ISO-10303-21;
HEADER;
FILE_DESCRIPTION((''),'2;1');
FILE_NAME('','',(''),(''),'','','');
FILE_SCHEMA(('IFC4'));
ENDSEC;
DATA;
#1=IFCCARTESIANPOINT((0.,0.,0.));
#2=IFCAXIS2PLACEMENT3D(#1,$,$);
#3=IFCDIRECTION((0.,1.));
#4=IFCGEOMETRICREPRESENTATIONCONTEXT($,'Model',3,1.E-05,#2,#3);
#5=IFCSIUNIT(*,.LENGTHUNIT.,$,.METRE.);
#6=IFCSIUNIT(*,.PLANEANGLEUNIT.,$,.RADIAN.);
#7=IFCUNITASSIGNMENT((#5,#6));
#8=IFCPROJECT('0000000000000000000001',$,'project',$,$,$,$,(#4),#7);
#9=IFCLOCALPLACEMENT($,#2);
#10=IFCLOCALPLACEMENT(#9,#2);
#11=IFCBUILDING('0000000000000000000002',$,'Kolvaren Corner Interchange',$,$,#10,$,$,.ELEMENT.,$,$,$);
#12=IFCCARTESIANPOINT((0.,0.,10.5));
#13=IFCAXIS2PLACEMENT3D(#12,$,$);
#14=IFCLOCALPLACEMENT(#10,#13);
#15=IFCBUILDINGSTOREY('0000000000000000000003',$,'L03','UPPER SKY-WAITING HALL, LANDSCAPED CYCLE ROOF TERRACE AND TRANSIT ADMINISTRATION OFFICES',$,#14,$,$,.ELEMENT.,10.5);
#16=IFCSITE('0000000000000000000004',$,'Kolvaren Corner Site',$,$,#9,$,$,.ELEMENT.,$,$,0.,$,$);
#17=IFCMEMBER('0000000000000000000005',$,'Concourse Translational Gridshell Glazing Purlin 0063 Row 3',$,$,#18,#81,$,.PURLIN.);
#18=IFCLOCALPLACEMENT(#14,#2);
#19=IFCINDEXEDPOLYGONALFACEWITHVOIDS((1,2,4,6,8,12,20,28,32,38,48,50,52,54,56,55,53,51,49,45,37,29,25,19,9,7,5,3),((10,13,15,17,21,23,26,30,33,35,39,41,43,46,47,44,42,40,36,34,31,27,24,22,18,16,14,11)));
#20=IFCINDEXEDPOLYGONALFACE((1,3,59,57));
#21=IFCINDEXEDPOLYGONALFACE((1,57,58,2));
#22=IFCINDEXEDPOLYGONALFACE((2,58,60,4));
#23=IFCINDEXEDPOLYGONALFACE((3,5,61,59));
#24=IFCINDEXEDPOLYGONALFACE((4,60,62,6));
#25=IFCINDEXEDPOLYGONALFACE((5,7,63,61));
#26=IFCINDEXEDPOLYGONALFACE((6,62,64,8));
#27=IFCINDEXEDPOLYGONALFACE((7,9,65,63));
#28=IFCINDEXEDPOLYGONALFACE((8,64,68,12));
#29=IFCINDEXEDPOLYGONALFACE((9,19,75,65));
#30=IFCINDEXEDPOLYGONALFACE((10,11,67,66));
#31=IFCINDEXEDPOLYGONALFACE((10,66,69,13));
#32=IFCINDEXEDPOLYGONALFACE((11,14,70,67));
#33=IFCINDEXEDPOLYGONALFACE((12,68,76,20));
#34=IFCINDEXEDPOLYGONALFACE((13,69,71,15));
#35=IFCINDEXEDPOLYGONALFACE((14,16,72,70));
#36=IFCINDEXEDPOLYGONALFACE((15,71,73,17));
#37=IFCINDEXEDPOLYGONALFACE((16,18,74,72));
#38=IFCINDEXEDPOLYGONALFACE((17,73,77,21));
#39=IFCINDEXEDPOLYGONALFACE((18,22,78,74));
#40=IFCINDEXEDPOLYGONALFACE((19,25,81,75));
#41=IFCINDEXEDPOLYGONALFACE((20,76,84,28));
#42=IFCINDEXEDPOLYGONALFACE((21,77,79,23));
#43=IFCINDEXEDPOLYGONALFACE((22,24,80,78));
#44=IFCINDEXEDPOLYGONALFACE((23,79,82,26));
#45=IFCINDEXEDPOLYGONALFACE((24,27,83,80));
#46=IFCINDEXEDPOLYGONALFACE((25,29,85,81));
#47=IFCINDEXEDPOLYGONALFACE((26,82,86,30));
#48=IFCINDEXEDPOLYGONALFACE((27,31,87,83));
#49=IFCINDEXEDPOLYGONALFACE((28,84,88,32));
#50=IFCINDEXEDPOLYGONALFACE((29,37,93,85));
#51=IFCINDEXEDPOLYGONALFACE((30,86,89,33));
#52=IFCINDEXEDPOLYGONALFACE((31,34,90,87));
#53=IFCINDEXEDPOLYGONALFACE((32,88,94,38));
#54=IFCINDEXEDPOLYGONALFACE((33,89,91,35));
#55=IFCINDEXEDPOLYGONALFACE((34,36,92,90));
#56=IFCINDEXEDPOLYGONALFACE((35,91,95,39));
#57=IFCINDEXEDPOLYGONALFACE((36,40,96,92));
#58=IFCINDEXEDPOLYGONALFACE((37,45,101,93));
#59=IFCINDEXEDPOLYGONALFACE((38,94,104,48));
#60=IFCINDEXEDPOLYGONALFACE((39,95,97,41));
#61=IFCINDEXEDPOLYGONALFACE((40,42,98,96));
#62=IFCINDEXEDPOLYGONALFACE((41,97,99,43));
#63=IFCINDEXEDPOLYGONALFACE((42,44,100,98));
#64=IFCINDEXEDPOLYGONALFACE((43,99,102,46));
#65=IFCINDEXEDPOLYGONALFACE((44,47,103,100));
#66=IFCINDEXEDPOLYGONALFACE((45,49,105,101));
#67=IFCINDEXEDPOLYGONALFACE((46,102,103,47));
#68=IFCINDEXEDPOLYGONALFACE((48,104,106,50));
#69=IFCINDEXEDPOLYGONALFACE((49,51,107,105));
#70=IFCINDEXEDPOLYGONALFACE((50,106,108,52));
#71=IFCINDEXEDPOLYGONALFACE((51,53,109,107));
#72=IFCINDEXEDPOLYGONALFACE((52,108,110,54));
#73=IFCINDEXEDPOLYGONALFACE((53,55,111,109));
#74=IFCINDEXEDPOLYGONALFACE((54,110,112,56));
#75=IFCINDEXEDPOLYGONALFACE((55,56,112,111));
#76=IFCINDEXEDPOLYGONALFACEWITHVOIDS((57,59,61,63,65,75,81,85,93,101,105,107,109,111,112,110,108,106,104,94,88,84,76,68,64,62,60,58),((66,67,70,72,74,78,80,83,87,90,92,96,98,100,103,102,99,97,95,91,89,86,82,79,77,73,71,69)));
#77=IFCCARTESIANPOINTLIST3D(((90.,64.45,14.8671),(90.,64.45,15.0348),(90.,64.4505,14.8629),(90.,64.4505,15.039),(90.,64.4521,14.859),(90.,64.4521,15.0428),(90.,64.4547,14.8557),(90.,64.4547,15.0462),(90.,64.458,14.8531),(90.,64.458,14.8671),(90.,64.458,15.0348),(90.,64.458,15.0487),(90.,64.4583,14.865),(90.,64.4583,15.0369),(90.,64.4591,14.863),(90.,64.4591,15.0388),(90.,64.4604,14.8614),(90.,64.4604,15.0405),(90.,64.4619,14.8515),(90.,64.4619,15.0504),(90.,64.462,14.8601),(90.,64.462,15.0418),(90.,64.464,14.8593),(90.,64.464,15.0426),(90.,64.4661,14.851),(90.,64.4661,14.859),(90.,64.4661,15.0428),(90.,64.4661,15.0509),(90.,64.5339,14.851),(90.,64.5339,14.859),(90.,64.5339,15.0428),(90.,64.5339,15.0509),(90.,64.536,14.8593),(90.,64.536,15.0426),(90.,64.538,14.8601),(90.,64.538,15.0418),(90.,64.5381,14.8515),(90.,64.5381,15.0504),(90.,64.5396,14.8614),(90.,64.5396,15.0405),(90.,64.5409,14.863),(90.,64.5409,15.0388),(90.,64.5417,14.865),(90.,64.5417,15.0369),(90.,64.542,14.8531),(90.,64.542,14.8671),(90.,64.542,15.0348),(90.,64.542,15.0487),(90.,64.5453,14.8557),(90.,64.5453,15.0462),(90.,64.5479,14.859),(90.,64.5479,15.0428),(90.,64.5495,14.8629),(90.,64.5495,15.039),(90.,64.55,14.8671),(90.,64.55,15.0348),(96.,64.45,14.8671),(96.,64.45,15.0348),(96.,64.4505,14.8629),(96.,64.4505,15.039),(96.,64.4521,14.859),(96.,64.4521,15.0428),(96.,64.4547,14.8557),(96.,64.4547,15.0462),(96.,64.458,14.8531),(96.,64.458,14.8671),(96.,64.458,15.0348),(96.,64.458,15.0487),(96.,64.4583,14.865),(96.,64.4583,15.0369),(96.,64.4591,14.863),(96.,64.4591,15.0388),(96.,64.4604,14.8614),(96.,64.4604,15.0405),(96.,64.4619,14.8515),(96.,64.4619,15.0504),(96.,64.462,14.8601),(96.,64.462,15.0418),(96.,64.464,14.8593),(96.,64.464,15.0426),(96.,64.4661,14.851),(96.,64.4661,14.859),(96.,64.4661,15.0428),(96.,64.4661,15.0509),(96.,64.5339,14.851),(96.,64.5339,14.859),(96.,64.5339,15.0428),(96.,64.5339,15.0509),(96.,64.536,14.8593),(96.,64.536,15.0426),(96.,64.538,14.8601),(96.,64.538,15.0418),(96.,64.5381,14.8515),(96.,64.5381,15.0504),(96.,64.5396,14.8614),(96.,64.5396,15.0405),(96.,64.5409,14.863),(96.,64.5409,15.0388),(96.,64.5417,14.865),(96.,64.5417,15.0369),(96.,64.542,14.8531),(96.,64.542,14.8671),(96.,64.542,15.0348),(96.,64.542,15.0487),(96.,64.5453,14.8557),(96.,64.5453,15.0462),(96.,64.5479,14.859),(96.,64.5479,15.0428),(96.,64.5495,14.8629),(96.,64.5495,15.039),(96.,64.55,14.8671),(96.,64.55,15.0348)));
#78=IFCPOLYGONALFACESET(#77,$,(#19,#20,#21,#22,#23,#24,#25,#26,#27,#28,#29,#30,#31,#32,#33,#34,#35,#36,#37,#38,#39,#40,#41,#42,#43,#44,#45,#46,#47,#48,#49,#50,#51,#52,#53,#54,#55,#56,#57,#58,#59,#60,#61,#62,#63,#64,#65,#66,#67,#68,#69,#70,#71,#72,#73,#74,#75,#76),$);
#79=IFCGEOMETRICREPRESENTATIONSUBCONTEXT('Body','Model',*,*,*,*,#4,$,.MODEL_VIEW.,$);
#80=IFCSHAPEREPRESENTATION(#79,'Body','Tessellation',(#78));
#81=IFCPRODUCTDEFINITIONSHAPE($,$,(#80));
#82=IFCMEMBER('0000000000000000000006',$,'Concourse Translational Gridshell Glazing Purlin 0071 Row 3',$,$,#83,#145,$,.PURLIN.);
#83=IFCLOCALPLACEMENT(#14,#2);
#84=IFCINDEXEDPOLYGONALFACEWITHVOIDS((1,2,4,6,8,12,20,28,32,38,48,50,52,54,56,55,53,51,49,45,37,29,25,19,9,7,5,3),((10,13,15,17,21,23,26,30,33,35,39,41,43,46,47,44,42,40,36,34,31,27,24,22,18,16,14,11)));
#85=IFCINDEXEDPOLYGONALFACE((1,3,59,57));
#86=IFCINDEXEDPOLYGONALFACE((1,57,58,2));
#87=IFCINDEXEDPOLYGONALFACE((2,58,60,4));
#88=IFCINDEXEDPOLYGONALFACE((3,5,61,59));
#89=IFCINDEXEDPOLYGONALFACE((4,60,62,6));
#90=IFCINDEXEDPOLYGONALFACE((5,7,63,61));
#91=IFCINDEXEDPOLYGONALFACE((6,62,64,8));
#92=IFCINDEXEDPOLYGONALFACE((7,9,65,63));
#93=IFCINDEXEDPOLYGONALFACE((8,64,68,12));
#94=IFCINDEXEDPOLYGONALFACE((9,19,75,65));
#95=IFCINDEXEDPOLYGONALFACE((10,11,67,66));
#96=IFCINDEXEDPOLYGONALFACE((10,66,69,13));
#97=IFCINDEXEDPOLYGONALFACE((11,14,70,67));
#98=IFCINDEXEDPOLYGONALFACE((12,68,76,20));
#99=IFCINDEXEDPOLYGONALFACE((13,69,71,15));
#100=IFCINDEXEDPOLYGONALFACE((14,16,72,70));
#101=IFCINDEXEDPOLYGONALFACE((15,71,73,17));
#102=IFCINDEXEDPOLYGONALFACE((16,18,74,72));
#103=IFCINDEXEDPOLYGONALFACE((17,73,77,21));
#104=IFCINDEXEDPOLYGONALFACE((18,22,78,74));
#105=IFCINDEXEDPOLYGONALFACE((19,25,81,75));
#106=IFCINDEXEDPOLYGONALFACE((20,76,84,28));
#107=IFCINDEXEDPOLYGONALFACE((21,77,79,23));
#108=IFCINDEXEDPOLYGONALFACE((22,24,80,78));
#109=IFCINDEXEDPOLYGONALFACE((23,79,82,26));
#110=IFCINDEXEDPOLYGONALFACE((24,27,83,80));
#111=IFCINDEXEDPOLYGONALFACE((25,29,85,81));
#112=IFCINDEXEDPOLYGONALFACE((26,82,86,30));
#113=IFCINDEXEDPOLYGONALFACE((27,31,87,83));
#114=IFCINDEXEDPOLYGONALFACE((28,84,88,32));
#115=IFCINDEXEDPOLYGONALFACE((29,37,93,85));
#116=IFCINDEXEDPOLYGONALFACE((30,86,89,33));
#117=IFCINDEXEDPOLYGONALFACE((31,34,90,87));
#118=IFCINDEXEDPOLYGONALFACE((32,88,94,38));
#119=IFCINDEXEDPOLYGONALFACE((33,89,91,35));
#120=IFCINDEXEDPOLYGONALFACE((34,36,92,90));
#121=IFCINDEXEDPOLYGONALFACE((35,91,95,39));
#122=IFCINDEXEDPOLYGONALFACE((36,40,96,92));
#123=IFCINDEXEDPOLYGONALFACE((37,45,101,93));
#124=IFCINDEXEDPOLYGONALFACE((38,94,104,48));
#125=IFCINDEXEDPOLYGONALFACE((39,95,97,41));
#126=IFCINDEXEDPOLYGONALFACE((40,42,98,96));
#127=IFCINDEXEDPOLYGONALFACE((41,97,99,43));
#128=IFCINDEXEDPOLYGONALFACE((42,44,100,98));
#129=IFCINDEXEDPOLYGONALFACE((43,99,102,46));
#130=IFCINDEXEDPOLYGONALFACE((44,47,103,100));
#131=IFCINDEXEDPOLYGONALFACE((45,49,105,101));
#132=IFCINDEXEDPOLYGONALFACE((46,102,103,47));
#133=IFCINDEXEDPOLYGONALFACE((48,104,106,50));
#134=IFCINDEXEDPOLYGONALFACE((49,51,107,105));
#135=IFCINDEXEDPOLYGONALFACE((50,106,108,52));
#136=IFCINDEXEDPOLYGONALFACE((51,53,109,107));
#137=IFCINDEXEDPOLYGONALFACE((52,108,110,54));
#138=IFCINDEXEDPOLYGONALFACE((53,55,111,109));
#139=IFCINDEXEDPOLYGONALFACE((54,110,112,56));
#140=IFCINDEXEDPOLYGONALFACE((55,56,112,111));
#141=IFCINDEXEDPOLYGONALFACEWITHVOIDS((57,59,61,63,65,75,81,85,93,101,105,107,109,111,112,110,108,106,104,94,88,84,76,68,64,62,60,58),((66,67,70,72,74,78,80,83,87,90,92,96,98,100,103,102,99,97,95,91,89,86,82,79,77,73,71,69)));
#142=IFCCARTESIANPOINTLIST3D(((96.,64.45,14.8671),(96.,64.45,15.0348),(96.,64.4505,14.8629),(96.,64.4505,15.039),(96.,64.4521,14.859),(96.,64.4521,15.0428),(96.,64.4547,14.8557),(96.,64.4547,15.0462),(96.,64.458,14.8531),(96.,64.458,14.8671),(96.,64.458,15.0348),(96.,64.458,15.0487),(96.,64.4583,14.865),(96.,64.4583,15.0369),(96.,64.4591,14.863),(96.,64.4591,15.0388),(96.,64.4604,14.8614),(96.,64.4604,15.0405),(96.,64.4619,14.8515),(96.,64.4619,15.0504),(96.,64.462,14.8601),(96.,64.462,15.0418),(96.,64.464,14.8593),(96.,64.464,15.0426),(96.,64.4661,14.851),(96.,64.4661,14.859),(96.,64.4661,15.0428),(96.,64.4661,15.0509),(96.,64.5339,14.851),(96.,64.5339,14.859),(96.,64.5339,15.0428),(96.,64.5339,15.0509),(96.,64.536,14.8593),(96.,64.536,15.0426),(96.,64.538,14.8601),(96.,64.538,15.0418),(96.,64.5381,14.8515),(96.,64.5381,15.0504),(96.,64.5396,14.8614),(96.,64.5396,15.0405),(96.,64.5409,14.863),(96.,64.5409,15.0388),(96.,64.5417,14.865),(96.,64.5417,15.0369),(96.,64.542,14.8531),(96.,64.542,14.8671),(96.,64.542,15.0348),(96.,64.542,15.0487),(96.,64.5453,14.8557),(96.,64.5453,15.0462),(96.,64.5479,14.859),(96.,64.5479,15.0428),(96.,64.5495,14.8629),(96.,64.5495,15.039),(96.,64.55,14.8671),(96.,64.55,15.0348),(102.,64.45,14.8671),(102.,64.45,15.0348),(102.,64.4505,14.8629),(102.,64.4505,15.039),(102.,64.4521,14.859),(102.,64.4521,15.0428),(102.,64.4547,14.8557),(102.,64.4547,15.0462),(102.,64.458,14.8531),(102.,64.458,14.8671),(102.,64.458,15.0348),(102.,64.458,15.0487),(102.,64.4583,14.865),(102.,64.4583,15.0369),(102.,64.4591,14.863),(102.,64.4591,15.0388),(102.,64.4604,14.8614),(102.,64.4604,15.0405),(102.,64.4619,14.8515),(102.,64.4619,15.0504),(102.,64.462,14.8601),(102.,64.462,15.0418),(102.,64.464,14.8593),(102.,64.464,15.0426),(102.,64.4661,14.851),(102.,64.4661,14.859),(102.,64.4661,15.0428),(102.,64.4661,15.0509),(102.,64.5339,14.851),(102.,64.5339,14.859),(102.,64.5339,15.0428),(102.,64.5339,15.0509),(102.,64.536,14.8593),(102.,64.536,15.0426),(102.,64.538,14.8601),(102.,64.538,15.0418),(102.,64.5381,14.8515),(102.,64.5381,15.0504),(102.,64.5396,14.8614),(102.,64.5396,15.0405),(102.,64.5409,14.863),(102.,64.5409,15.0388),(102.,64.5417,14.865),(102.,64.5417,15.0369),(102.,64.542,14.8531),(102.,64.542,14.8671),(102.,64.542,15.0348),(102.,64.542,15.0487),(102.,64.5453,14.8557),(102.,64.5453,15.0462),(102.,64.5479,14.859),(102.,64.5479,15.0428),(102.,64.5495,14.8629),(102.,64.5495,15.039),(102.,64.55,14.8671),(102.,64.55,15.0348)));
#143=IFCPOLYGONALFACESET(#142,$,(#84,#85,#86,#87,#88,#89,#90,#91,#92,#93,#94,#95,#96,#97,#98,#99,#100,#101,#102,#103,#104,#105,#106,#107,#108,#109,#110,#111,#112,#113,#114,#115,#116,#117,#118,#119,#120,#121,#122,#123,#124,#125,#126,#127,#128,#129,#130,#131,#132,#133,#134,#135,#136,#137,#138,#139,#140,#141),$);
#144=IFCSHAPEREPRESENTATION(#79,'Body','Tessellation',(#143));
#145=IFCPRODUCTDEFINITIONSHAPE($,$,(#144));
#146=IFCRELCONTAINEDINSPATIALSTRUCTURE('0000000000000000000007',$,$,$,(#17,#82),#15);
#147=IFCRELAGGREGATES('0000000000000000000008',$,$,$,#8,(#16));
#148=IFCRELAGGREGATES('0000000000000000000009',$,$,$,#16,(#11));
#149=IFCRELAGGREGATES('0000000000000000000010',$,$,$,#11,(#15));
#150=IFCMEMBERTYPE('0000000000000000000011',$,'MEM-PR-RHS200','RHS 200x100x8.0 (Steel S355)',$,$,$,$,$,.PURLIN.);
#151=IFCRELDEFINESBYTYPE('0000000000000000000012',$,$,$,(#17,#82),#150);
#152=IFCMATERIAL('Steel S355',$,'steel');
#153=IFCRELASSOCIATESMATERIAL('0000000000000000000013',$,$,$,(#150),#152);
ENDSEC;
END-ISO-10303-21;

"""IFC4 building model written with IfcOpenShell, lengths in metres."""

from ifc_helpers import new_model, si_unit, direction, frame, origin, origin_2d, place, context, subcontext, project, spatial, hollow_rectangle, extrude, material, material_profile, profile_set, type_object, element, save


model = new_model("IFC4")

# Units and contexts
model_context = context("Model", 3, precision=1e-05, world=origin(), true_north=direction((0.0, 1.0)))
body_context = subcontext(model_context, "Body", "Model", "MODEL_VIEW")
ifc_project = project(units=[si_unit("LENGTHUNIT", "METRE"), si_unit("PLANEANGLEUNIT", "RADIAN")], contexts=[model_context])

# Site, building, storey
site_placement = place(None, origin())
site = spatial("IfcSite", under=ifc_project, at=site_placement, Name="Kolvaren Corner Site", CompositionType="ELEMENT", RefElevation=0.0)
building_placement = place(site_placement, origin())
building = spatial("IfcBuilding", under=site, at=building_placement, Name="Kolvaren Corner Interchange", CompositionType="ELEMENT")
storey_placement = place(building_placement, frame((0.0, 0.0, 10.5)))
storey = spatial("IfcBuildingStorey", under=building, at=storey_placement, Name="L03", Description="UPPER SKY-WAITING HALL, LANDSCAPED CYCLE ROOF TERRACE AND TRANSIT ADMINISTRATION OFFICES", CompositionType="ELEMENT", Elevation=10.5)

# Members
ifc_material_1 = material(Name="Steel S355", Category="steel")
ifc_material_profile_1 = material_profile(ifc_material_1, hollow_rectangle(XDim=0.1001, YDim=0.2, WallThickness=0.0081, InnerFilletRadius=0.0081, OuterFilletRadius=0.0161, at=origin_2d()), Name="RHS 200x100x8.0")
ifc_profile_set_1 = profile_set([ifc_material_profile_1], Name="Steel S355")
member_type_1 = type_object("IfcMemberType", Name="MEM-PR-RHS200", Description="RHS 200x100x8.0 (Steel S355)", PredefinedType="PURLIN", material=ifc_profile_set_1)
for number, where, z_axis, x_axis, name in (
    (1, (90.0, 64.5, 14.9509), (1.0, 0.0, 0.0), (0.0, 1.0, 0.0), "Concourse Translational Gridshell Glazing Purlin 0063 Row 3"),
    (2, (96.0, 64.5, 14.9509), (1.0, 0.0, 0.0), (0.0, 1.0, 0.0), "Concourse Translational Gridshell Glazing Purlin 0071 Row 3"),
):
    element("IfcMember", number, at=place(storey_placement, frame(where, z_axis=z_axis, x_axis=x_axis)), inside=storey, type_object=member_type_1, Name=name, PredefinedType="PURLIN", context=body_context, shape_type="SweptSolid", body=[
        extrude(hollow_rectangle(XDim=0.1001, YDim=0.2, WallThickness=0.0081, InnerFilletRadius=0.0081, OuterFilletRadius=0.0161, at=origin_2d()), origin(), (0.0, 0.0, 1.0), 6.0),
    ])

save(model, "model.ifc")
